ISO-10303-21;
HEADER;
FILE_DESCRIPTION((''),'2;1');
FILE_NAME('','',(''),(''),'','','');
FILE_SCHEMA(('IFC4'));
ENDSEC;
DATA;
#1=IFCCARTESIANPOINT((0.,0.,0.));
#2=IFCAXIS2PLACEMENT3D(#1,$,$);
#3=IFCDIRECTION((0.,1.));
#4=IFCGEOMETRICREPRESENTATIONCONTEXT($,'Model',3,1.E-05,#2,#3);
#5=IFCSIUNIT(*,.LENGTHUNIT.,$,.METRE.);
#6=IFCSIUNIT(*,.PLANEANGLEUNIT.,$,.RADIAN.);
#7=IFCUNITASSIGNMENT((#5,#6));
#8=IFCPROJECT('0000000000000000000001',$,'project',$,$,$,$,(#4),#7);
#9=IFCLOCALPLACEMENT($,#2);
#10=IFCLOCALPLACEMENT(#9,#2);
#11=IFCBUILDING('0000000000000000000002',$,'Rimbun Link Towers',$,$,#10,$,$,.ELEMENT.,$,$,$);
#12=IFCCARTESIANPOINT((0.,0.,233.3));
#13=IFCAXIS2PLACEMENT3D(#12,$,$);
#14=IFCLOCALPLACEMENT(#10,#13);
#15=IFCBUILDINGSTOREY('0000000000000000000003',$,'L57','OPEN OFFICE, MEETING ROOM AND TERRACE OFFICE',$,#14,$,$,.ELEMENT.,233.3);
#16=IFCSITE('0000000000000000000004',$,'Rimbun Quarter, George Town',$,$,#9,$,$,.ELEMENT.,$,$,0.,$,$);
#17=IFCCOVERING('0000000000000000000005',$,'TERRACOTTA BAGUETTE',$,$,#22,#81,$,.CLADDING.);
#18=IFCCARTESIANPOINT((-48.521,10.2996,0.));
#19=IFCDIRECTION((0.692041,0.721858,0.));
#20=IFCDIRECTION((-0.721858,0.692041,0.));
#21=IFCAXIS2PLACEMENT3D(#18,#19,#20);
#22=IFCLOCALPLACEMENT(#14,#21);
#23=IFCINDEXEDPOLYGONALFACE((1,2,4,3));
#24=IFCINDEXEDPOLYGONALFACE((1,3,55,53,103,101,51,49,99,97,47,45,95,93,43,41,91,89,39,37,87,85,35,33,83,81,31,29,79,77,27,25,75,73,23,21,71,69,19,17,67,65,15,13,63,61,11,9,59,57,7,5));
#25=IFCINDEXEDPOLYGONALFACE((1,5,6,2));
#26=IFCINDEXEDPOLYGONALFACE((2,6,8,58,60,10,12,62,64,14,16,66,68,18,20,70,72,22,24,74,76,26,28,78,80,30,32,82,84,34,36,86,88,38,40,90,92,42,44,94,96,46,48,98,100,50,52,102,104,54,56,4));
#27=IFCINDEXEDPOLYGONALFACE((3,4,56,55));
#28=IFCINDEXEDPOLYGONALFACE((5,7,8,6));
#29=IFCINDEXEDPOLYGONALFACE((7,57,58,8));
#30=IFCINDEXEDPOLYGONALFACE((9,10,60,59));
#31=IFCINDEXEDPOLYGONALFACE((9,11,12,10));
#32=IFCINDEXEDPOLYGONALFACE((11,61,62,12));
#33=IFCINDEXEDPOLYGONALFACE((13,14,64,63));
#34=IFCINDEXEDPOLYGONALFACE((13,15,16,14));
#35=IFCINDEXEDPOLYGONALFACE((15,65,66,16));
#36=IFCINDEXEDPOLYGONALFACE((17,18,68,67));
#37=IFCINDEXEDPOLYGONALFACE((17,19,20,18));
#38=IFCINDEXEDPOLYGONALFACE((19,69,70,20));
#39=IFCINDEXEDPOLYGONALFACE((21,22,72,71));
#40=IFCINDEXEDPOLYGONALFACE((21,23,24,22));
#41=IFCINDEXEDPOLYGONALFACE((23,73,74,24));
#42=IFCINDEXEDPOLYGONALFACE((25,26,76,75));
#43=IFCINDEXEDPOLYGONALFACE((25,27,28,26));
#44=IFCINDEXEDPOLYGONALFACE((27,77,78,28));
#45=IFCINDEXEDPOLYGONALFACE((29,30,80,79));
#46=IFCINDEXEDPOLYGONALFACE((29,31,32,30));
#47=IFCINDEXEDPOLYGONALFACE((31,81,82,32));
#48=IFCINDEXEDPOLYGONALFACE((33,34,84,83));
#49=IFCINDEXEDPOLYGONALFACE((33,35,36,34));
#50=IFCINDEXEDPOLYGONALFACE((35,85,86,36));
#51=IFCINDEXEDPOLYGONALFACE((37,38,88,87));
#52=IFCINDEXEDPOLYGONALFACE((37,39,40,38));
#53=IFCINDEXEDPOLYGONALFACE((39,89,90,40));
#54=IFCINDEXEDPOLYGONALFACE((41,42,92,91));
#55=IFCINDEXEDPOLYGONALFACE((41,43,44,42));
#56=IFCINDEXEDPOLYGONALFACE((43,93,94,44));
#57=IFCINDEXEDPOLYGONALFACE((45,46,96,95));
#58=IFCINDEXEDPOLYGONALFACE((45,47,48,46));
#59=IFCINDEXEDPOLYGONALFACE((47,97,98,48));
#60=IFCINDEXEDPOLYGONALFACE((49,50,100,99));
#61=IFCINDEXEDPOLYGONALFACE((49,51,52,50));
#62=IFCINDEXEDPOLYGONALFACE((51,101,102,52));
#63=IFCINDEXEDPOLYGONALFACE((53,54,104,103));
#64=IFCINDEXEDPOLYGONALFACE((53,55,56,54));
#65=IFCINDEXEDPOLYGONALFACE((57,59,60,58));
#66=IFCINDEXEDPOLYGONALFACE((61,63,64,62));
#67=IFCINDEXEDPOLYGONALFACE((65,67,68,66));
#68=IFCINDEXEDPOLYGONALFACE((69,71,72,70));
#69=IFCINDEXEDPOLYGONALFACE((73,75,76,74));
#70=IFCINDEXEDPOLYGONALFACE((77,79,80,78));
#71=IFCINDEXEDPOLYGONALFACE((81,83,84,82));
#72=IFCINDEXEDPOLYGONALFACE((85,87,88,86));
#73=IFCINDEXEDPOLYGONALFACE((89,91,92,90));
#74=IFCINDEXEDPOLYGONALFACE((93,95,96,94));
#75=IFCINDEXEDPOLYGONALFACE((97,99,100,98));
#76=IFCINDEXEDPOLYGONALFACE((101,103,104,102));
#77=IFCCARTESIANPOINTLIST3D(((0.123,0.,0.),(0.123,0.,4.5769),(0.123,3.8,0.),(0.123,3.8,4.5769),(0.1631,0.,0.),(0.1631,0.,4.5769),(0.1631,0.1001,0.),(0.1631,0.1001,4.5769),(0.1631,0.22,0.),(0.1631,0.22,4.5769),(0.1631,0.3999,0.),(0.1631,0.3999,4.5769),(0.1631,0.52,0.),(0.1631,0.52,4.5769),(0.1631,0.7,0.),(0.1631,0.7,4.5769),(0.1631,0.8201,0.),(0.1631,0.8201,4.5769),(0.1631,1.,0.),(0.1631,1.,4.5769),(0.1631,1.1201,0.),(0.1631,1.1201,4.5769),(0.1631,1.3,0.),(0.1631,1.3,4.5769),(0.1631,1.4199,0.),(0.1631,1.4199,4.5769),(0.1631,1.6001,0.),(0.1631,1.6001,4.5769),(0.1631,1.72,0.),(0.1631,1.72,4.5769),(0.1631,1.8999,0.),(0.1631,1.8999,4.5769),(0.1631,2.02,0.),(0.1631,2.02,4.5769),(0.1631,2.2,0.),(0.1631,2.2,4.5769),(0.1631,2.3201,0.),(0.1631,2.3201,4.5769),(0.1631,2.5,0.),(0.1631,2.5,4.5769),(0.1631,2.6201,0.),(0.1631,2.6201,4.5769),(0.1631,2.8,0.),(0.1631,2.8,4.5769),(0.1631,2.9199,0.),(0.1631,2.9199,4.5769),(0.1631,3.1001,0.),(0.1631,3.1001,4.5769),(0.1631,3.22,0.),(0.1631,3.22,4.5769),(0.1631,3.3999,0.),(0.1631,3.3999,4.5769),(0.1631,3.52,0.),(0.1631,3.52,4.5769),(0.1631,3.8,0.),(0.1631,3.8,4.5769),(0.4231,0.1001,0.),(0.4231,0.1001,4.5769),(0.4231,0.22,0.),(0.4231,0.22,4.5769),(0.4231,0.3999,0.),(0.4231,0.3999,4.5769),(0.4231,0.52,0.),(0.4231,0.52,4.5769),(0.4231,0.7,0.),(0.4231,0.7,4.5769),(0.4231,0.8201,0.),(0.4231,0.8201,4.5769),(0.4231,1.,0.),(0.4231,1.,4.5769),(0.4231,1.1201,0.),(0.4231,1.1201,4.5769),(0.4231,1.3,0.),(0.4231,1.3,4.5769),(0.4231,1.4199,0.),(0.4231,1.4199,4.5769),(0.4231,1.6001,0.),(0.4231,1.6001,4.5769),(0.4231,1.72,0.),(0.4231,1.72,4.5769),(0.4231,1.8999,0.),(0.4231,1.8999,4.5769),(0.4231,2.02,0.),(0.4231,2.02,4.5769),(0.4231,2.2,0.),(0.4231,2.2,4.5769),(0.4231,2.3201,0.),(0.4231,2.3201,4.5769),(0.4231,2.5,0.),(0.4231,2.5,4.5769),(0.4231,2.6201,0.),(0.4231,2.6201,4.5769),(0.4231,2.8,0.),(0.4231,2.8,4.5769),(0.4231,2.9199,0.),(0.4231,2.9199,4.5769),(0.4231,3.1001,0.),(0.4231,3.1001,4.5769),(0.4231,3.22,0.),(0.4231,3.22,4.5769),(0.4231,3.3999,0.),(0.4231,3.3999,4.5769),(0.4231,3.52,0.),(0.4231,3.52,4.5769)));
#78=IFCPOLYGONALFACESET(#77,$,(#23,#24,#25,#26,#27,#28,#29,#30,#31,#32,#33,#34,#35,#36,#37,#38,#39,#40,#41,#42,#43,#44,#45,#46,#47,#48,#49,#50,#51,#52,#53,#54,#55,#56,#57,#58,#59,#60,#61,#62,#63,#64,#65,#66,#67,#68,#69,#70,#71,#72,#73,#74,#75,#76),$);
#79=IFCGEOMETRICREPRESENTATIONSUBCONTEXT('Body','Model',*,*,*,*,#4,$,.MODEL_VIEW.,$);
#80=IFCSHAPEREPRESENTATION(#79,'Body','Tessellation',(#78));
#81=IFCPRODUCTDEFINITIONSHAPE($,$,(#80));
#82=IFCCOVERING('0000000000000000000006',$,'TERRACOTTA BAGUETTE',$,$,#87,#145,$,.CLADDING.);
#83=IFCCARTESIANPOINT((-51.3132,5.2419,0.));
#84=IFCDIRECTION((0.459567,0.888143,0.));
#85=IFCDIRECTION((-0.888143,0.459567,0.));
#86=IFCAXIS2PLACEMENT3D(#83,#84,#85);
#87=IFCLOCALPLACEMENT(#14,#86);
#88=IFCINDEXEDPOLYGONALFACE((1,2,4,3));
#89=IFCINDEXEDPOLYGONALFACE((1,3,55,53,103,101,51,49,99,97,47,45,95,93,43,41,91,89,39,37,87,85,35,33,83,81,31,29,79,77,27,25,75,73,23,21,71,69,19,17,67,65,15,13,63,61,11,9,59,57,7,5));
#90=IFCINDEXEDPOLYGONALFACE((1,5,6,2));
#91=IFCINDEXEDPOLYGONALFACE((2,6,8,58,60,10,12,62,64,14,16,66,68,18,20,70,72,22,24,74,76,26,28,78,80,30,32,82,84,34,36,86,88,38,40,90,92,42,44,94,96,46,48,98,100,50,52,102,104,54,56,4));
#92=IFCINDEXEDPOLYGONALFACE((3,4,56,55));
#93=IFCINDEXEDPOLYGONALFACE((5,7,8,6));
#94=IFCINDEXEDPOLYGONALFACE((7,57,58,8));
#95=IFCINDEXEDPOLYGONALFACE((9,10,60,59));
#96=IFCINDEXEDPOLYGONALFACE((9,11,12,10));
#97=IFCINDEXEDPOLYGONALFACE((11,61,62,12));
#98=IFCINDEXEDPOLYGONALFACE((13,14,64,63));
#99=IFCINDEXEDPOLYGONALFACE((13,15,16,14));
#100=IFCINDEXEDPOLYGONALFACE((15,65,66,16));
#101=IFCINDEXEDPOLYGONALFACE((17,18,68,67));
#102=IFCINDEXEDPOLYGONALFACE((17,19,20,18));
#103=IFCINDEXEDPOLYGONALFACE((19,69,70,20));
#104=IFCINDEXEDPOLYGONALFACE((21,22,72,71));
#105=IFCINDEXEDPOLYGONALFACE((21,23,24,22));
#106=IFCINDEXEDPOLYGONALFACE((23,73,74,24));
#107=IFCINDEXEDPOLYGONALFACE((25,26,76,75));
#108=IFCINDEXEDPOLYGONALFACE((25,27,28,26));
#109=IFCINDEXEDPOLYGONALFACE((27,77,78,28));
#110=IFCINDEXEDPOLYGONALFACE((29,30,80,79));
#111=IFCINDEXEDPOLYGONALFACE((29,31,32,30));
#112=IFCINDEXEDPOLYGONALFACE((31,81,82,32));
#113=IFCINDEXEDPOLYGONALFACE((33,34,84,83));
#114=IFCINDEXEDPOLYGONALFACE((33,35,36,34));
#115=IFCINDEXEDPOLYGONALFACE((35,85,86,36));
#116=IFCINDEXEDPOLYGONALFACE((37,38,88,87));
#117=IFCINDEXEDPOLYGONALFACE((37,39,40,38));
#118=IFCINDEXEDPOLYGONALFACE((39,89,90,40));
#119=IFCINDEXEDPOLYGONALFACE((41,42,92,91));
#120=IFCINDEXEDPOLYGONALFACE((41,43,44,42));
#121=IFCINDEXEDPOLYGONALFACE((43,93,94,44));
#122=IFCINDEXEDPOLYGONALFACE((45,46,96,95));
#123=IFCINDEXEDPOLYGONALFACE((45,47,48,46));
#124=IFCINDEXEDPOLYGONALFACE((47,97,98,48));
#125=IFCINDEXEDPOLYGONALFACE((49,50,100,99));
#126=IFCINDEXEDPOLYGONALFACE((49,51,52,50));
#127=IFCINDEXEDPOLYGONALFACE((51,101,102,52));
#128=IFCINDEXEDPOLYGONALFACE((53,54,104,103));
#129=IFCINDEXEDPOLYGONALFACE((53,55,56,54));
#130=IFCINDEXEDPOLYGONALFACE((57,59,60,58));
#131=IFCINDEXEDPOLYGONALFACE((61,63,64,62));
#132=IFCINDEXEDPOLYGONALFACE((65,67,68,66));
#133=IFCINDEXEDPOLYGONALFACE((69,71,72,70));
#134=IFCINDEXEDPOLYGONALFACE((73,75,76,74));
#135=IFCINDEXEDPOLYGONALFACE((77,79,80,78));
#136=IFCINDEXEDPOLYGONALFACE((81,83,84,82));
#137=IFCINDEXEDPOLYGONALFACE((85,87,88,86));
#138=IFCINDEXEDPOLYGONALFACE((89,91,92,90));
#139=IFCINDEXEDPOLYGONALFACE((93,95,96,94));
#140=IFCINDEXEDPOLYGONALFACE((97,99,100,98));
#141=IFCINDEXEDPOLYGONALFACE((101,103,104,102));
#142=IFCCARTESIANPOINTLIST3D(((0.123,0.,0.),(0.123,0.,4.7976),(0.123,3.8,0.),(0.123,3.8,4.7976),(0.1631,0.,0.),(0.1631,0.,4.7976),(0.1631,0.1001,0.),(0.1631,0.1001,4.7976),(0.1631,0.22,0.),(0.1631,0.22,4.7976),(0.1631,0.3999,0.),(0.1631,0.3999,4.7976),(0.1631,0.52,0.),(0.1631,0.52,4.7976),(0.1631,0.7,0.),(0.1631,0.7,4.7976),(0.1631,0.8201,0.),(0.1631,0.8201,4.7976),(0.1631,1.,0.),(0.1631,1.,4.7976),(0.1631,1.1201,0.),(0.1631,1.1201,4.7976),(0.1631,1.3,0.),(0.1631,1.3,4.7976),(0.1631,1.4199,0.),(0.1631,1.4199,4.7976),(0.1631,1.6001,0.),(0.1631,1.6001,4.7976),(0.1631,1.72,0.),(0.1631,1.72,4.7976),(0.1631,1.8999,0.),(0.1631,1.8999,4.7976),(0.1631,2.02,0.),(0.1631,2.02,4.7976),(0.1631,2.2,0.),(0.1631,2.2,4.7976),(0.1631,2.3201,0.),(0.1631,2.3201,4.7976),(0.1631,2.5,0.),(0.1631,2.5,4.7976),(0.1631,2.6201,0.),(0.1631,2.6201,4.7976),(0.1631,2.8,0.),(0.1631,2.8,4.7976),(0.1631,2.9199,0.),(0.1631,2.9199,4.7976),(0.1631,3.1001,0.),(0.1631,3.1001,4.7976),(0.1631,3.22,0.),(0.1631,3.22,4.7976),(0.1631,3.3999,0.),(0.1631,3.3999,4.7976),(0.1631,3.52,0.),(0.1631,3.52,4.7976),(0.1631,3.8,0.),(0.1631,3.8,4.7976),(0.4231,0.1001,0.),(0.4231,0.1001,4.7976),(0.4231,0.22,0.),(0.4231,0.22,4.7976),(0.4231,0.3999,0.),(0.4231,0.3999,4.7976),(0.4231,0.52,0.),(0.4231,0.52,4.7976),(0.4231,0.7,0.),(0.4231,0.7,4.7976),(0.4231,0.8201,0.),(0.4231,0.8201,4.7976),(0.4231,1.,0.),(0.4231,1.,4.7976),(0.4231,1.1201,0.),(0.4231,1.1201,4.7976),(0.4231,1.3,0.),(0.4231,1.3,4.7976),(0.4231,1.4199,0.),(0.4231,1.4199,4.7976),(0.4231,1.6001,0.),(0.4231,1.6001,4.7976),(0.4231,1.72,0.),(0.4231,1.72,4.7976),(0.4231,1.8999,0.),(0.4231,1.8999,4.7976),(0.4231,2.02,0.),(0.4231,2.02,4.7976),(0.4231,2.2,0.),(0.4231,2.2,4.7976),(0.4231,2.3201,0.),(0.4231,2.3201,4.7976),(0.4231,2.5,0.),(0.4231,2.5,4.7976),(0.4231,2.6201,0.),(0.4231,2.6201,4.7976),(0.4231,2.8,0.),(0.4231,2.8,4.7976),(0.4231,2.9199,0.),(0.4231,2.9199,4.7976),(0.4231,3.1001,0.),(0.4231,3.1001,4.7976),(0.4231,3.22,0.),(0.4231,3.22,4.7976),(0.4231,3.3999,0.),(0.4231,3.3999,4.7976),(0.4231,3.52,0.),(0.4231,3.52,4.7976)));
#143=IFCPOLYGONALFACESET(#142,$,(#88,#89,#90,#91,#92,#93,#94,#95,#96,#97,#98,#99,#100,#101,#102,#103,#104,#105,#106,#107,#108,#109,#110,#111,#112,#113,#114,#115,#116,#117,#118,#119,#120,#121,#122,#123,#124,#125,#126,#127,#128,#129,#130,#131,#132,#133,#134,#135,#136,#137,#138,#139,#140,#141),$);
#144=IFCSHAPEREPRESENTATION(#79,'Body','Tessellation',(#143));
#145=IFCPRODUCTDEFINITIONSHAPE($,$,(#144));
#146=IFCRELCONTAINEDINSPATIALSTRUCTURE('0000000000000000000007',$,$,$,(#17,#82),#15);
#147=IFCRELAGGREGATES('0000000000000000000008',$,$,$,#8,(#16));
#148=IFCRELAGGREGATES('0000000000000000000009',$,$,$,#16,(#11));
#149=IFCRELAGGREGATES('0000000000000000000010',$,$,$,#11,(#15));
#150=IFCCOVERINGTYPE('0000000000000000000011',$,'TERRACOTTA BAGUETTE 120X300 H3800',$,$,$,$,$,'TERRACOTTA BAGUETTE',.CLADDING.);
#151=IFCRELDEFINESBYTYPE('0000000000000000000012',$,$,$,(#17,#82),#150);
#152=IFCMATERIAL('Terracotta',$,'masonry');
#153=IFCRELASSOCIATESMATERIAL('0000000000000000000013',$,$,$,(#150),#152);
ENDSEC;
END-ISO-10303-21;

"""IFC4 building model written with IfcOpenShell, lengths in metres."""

from ifc_helpers import new_model, si_unit, direction, frame, origin, place, context, subcontext, project, spatial, polyline, outline, extrude, material, material_profile, profile_set, type_object, element, save


model = new_model("IFC4")

# Units and contexts
model_context = context("Model", 3, precision=1e-05, world=origin(), true_north=direction((0.0, 1.0)))
body_context = subcontext(model_context, "Body", "Model", "MODEL_VIEW")
ifc_project = project(units=[si_unit("LENGTHUNIT", "METRE"), si_unit("PLANEANGLEUNIT", "RADIAN")], contexts=[model_context])

# Site, building, storey
site_placement = place(None, origin())
site = spatial("IfcSite", under=ifc_project, at=site_placement, Name="Rimbun Quarter, George Town", CompositionType="ELEMENT", RefElevation=0.0)
building_placement = place(site_placement, origin())
building = spatial("IfcBuilding", under=site, at=building_placement, Name="Rimbun Link Towers", CompositionType="ELEMENT")
storey_placement = place(building_placement, frame((0.0, 0.0, 233.3)))
storey = spatial("IfcBuildingStorey", under=building, at=storey_placement, Name="L57", Description="OPEN OFFICE, MEETING ROOM AND TERRACE OFFICE", CompositionType="ELEMENT", Elevation=233.3)

# Coverings
ifc_material_1 = material(Name="Terracotta", Category="masonry")
ifc_material_profile_1 = material_profile(ifc_material_1, outline(polyline([(0.123, 0.0), (0.1631, 0.0), (0.1631, 0.1001), (0.4231, 0.1001), (0.4231, 0.22), (0.1631, 0.22), (0.1631, 0.3999), (0.4231, 0.3999), (0.4231, 0.52), (0.1631, 0.52), (0.1631, 0.7), (0.4231, 0.7), (0.4231, 0.8201), (0.1631, 0.8201), (0.1631, 1.0), (0.4231, 1.0), (0.4231, 1.1201), (0.1631, 1.1201), (0.1631, 1.3), (0.4231, 1.3), (0.4231, 1.4199), (0.1631, 1.4199), (0.1631, 1.6001), (0.4231, 1.6001), (0.4231, 1.72), (0.1631, 1.72), (0.1631, 1.8999), (0.4231, 1.8999), (0.4231, 2.02), (0.1631, 2.02), (0.1631, 2.2), (0.4231, 2.2), (0.4231, 2.3201), (0.1631, 2.3201), (0.1631, 2.5), (0.4231, 2.5), (0.4231, 2.6201), (0.1631, 2.6201), (0.1631, 2.8), (0.4231, 2.8), (0.4231, 2.9199), (0.1631, 2.9199), (0.1631, 3.1001), (0.4231, 3.1001), (0.4231, 3.22), (0.1631, 3.22), (0.1631, 3.3999), (0.4231, 3.3999), (0.4231, 3.52), (0.1631, 3.52), (0.1631, 3.8), (0.123, 3.8), (0.123, 0.0)])), Name="BAGUETTE 120X300")
ifc_profile_set_1 = profile_set([ifc_material_profile_1], Name="Terracotta")
covering_type = type_object("IfcCoveringType", Name="TERRACOTTA BAGUETTE 120X300 H3800", ElementType="TERRACOTTA BAGUETTE", PredefinedType="CLADDING", material=ifc_profile_set_1)
covering_1_placement = place(storey_placement, frame((-48.521, 10.2996, 0.0), z_axis=(0.692041, 0.721858, 0.0), x_axis=(-0.721858, 0.692041, 0.0)))
element("IfcCovering", 1, at=covering_1_placement, inside=storey, type_object=covering_type, Name="TERRACOTTA BAGUETTE", PredefinedType="CLADDING", context=body_context, shape_type="SweptSolid", body=[
    extrude(outline(polyline([(0.123, 0.0), (0.1631, 0.0), (0.1631, 0.1001), (0.4231, 0.1001), (0.4231, 0.22), (0.1631, 0.22), (0.1631, 0.3999), (0.4231, 0.3999), (0.4231, 0.52), (0.1631, 0.52), (0.1631, 0.7), (0.4231, 0.7), (0.4231, 0.8201), (0.1631, 0.8201), (0.1631, 1.0), (0.4231, 1.0), (0.4231, 1.1201), (0.1631, 1.1201), (0.1631, 1.3), (0.4231, 1.3), (0.4231, 1.4199), (0.1631, 1.4199), (0.1631, 1.6001), (0.4231, 1.6001), (0.4231, 1.72), (0.1631, 1.72), (0.1631, 1.8999), (0.4231, 1.8999), (0.4231, 2.02), (0.1631, 2.02), (0.1631, 2.2), (0.4231, 2.2), (0.4231, 2.3201), (0.1631, 2.3201), (0.1631, 2.5), (0.4231, 2.5), (0.4231, 2.6201), (0.1631, 2.6201), (0.1631, 2.8), (0.4231, 2.8), (0.4231, 2.9199), (0.1631, 2.9199), (0.1631, 3.1001), (0.4231, 3.1001), (0.4231, 3.22), (0.1631, 3.22), (0.1631, 3.3999), (0.4231, 3.3999), (0.4231, 3.52), (0.1631, 3.52), (0.1631, 3.8), (0.123, 3.8), (0.123, 0.0)])), origin(), (0.0, 0.0, 1.0), 4.5769),
])
covering_2_placement = place(storey_placement, frame((-51.3132, 5.2419, 0.0), z_axis=(0.459567, 0.888143, 0.0), x_axis=(-0.888143, 0.459567, 0.0)))
element("IfcCovering", 2, at=covering_2_placement, inside=storey, type_object=covering_type, Name="TERRACOTTA BAGUETTE", PredefinedType="CLADDING", context=body_context, shape_type="SweptSolid", body=[
    extrude(outline(polyline([(0.123, 0.0), (0.1631, 0.0), (0.1631, 0.1001), (0.4231, 0.1001), (0.4231, 0.22), (0.1631, 0.22), (0.1631, 0.3999), (0.4231, 0.3999), (0.4231, 0.52), (0.1631, 0.52), (0.1631, 0.7), (0.4231, 0.7), (0.4231, 0.8201), (0.1631, 0.8201), (0.1631, 1.0), (0.4231, 1.0), (0.4231, 1.1201), (0.1631, 1.1201), (0.1631, 1.3), (0.4231, 1.3), (0.4231, 1.4199), (0.1631, 1.4199), (0.1631, 1.6001), (0.4231, 1.6001), (0.4231, 1.72), (0.1631, 1.72), (0.1631, 1.8999), (0.4231, 1.8999), (0.4231, 2.02), (0.1631, 2.02), (0.1631, 2.2), (0.4231, 2.2), (0.4231, 2.3201), (0.1631, 2.3201), (0.1631, 2.5), (0.4231, 2.5), (0.4231, 2.6201), (0.1631, 2.6201), (0.1631, 2.8), (0.4231, 2.8), (0.4231, 2.9199), (0.1631, 2.9199), (0.1631, 3.1001), (0.4231, 3.1001), (0.4231, 3.22), (0.1631, 3.22), (0.1631, 3.3999), (0.4231, 3.3999), (0.4231, 3.52), (0.1631, 3.52), (0.1631, 3.8), (0.123, 3.8), (0.123, 0.0)])), origin(), (0.0, 0.0, 1.0), 4.7976),
])

save(model, "model.ifc")
